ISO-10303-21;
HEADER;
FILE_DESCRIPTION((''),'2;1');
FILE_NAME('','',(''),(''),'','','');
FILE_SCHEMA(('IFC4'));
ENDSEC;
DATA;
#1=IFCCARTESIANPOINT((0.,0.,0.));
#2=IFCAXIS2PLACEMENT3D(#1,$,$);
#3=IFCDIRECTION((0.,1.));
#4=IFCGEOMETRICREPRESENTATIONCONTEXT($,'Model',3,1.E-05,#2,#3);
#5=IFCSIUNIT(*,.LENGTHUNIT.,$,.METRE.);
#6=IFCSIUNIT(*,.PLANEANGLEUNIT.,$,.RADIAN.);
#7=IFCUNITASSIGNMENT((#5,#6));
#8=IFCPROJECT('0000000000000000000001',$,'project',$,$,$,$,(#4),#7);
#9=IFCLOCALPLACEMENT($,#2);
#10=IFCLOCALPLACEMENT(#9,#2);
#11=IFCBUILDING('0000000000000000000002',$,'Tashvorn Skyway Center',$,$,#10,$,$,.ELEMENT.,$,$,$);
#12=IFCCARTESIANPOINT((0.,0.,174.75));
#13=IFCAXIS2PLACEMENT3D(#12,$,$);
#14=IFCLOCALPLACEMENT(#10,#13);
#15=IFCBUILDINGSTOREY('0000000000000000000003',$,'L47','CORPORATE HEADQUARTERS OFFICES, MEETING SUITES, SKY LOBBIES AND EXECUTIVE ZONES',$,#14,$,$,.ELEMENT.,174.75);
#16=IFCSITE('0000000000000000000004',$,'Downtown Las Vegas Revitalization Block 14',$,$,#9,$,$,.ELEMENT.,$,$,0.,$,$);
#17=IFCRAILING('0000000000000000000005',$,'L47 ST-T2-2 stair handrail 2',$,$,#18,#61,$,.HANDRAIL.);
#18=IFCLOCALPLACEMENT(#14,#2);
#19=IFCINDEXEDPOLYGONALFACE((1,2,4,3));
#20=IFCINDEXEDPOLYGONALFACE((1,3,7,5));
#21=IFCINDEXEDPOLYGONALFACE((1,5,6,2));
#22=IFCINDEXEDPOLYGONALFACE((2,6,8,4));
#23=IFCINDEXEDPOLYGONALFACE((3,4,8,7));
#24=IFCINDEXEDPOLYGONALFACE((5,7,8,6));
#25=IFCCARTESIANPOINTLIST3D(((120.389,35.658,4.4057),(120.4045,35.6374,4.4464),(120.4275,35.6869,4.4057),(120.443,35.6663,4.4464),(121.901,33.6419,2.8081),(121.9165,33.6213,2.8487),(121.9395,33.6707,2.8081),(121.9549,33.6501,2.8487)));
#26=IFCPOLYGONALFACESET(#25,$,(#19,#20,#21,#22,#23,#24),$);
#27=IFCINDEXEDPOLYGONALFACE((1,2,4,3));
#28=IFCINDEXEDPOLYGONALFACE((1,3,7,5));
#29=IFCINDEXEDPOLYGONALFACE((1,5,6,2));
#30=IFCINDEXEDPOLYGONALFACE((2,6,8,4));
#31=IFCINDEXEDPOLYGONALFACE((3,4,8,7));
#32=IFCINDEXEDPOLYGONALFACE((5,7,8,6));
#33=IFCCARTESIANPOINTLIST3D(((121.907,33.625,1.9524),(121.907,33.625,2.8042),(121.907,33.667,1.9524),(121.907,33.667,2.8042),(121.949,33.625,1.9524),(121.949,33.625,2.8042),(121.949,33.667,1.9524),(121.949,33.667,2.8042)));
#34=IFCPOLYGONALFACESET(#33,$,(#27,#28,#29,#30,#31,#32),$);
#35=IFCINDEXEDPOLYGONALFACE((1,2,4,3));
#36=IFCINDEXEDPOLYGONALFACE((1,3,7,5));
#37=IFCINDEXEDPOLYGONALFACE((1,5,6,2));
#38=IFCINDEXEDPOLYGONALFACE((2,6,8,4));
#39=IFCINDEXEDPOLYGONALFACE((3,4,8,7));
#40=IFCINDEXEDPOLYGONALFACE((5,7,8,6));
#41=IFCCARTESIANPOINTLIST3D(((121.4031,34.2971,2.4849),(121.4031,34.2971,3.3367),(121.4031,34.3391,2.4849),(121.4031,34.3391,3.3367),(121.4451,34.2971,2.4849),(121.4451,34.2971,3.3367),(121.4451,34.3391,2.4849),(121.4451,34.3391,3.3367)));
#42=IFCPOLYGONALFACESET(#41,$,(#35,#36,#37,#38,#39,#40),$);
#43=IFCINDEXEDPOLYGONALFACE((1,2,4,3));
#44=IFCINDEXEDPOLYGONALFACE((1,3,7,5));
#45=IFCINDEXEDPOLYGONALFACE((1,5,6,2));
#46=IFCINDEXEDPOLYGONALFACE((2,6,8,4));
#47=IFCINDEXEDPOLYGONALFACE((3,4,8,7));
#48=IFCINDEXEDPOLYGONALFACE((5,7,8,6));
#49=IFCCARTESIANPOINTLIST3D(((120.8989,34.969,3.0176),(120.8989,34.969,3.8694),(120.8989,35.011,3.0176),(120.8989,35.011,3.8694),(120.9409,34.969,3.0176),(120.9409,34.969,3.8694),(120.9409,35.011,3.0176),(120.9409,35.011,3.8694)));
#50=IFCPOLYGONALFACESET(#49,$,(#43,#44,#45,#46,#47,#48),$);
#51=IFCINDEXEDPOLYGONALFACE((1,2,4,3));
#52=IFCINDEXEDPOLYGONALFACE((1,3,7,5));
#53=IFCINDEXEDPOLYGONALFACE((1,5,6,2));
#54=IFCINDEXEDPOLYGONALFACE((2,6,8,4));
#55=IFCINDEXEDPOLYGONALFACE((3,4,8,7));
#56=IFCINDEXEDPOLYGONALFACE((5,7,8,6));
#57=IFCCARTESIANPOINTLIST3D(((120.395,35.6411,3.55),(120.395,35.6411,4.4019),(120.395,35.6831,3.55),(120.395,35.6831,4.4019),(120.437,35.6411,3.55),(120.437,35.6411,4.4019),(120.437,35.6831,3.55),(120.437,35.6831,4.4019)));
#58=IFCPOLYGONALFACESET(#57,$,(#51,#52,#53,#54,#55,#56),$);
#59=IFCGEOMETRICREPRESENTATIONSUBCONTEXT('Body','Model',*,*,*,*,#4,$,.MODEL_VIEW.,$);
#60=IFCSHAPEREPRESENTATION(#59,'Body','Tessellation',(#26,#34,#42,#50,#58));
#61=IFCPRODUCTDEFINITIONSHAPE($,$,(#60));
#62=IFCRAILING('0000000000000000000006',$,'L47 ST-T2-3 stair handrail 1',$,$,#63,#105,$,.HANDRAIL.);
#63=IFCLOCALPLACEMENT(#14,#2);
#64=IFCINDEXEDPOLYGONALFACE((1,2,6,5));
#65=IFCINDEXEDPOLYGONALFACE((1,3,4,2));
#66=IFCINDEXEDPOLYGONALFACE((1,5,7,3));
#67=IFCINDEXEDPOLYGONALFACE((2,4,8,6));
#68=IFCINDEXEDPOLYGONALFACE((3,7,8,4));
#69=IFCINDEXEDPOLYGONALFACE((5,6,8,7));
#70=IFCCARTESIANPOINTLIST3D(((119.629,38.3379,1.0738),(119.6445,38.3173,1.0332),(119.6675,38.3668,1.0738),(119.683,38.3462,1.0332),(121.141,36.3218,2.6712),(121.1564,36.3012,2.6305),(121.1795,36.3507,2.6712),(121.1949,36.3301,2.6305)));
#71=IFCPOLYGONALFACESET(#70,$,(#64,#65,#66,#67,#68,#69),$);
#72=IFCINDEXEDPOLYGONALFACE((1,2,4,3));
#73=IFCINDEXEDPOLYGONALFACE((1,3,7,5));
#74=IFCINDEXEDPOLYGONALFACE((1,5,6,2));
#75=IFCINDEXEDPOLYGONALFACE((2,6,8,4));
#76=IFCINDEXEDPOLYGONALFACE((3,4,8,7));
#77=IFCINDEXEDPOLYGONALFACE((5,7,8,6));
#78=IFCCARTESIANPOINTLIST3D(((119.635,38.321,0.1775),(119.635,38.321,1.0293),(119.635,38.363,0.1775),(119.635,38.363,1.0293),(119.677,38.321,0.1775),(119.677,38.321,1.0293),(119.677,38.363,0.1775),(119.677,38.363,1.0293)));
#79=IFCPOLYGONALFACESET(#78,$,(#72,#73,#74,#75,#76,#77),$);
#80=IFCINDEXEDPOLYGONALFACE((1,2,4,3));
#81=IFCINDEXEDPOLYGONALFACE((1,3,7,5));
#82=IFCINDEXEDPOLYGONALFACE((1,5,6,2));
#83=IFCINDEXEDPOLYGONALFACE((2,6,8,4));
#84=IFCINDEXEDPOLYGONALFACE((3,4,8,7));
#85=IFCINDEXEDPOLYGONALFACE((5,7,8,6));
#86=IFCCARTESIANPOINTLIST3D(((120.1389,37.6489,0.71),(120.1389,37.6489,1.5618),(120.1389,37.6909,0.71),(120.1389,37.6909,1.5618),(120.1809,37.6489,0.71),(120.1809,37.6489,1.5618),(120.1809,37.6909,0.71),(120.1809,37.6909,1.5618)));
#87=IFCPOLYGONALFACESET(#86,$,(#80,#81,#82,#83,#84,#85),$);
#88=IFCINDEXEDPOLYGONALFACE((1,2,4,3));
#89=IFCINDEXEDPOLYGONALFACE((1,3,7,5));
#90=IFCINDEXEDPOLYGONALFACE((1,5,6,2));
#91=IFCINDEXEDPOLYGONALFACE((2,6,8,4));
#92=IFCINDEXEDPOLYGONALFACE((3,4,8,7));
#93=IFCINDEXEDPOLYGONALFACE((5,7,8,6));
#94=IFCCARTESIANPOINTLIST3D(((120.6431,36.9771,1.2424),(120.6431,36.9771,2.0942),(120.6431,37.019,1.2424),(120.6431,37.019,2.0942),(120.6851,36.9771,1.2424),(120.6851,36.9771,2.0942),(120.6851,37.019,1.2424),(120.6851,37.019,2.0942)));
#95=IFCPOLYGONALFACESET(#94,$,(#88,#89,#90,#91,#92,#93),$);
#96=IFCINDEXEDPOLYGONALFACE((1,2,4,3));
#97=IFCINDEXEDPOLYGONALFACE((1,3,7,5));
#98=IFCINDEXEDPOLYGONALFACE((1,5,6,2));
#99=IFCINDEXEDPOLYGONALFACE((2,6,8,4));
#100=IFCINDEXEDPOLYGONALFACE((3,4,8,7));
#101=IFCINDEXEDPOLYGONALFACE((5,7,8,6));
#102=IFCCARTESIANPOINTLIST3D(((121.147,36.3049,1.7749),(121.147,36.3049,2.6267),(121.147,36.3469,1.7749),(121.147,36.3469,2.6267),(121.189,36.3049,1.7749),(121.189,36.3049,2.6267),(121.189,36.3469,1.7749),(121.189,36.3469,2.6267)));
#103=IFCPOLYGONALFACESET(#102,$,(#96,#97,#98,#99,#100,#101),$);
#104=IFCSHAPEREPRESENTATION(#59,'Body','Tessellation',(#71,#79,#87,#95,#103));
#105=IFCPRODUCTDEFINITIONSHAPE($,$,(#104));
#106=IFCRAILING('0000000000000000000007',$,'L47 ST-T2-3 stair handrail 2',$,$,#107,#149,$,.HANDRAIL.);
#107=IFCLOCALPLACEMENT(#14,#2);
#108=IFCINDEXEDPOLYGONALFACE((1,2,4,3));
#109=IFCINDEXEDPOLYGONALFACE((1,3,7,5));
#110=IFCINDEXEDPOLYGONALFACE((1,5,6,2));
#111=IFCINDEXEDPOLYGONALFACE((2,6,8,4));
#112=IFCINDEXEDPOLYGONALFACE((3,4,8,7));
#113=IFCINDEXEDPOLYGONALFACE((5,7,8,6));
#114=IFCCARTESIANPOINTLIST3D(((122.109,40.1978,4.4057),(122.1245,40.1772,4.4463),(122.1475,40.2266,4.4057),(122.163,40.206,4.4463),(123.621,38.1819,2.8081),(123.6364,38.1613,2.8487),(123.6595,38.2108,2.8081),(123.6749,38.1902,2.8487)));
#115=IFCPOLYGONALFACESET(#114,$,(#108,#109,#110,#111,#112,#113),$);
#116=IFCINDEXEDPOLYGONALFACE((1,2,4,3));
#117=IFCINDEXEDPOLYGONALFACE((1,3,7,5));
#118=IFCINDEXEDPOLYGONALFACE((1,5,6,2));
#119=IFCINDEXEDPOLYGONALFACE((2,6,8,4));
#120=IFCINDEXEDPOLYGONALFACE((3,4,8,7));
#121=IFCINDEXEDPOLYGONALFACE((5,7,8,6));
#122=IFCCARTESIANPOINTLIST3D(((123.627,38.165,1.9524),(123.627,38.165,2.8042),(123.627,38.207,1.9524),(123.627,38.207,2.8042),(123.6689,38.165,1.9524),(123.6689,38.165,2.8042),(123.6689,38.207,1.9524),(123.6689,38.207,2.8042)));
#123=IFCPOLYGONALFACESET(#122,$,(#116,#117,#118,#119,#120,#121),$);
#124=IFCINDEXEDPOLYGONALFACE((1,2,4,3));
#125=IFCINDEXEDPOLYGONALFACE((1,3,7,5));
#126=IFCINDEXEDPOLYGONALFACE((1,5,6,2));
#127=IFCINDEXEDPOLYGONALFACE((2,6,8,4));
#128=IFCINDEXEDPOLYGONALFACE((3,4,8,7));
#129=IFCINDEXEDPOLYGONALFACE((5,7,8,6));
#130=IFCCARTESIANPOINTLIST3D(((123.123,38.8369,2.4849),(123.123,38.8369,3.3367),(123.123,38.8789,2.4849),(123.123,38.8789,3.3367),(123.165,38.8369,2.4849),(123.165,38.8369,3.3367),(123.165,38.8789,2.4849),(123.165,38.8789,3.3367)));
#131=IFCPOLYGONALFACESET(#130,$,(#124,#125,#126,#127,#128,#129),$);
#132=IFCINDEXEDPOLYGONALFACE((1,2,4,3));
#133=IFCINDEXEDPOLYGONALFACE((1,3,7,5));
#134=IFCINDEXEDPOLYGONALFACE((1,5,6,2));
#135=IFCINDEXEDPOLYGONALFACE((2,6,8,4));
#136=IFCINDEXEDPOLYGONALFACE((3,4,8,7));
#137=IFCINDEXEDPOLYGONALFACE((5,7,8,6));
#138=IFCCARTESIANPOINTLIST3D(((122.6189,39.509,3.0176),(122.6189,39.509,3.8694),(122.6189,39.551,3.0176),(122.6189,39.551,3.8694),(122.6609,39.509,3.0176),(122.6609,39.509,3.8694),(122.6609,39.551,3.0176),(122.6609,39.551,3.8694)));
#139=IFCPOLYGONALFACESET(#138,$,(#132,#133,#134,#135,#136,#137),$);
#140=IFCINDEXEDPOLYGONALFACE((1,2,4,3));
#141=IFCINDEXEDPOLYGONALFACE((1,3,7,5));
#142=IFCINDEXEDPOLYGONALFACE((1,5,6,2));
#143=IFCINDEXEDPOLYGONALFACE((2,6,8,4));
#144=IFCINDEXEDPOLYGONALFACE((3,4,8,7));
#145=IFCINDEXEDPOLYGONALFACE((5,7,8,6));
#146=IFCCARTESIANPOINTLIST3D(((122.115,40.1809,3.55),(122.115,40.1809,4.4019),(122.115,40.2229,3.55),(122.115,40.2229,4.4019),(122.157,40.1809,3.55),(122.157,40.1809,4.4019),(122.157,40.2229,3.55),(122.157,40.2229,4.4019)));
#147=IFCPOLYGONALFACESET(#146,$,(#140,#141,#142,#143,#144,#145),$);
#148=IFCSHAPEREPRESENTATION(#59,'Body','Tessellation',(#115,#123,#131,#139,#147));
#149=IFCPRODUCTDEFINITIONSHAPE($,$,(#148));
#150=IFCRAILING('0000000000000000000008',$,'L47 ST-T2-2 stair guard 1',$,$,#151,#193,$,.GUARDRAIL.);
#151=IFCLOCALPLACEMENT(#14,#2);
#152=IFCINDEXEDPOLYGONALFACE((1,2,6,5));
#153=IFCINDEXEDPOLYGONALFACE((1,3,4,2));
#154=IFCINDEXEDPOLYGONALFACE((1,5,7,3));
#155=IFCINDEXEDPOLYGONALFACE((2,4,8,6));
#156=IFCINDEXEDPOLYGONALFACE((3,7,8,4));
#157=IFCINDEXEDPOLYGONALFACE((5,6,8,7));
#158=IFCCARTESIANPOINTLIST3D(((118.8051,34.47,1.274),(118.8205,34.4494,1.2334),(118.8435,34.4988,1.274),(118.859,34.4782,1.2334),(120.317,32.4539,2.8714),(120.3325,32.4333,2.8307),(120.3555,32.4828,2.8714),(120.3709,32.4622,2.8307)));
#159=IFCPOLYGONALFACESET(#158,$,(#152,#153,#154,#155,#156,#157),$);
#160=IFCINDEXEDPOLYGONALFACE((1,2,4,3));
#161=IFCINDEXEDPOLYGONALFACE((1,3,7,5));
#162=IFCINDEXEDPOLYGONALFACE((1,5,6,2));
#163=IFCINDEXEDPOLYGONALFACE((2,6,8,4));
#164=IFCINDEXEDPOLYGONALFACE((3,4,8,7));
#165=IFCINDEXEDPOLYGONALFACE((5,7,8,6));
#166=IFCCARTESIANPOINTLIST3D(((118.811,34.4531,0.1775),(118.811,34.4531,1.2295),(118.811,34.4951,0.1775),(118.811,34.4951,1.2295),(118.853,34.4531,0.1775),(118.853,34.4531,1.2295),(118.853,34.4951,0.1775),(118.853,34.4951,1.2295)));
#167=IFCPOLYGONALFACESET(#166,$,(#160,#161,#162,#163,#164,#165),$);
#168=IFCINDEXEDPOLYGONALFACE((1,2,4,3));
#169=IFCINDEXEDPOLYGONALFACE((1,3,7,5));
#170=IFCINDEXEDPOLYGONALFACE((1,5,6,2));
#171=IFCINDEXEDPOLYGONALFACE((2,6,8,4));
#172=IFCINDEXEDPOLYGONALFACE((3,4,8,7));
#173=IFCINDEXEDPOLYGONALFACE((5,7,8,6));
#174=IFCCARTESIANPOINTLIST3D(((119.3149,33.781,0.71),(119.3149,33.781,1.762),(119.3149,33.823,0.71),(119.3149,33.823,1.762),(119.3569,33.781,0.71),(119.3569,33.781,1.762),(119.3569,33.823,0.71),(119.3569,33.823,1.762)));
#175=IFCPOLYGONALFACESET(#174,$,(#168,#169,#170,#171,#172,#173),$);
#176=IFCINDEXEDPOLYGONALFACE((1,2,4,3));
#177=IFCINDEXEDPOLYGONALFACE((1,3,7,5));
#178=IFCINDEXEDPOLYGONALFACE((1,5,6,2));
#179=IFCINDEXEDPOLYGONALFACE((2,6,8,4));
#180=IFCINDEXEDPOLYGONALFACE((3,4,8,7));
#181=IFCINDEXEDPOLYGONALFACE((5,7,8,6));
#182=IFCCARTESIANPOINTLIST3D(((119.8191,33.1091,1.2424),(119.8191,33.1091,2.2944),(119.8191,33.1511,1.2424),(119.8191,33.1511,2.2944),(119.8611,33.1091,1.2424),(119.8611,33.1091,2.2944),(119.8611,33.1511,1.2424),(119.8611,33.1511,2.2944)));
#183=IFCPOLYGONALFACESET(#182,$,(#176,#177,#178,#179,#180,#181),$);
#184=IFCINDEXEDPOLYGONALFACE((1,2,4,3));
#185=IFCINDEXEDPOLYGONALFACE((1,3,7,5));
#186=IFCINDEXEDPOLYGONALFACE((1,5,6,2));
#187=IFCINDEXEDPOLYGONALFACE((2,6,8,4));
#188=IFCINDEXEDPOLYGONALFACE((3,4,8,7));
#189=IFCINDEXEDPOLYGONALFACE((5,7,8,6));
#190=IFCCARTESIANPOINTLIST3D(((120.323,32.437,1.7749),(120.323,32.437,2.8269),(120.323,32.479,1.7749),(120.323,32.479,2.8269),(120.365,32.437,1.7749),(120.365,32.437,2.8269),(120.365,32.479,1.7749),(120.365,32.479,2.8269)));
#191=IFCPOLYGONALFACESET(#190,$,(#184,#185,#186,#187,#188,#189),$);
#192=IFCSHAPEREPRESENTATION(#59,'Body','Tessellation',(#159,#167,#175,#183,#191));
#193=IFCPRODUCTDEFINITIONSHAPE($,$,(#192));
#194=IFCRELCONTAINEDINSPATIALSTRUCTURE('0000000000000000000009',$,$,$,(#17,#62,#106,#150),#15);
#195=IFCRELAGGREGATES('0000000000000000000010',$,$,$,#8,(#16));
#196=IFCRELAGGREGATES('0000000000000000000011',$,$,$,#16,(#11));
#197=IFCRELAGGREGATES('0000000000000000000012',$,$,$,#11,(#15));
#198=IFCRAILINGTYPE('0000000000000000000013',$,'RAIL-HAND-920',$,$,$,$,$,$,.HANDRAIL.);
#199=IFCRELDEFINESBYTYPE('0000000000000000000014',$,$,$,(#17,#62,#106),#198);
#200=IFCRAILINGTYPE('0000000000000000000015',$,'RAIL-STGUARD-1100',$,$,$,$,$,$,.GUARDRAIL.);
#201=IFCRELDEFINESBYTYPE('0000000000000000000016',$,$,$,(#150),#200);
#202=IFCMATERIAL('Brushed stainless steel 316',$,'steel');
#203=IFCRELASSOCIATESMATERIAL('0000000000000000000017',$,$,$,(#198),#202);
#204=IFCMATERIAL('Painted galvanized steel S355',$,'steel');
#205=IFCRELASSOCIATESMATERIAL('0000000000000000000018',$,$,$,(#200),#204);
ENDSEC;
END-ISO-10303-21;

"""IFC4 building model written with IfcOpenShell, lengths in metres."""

from ifc_helpers import new_model, si_unit, direction, frame, origin, origin_2d, place, context, subcontext, project, spatial, rectangle, extrude, material, type_object, element, save


model = new_model("IFC4")

# Units and contexts
model_context = context("Model", 3, precision=1e-05, world=origin(), true_north=direction((0.0, 1.0)))
body_context = subcontext(model_context, "Body", "Model", "MODEL_VIEW")
ifc_project = project(units=[si_unit("LENGTHUNIT", "METRE"), si_unit("PLANEANGLEUNIT", "RADIAN")], contexts=[model_context])

# Site, building, storey
site_placement = place(None, origin())
site = spatial("IfcSite", under=ifc_project, at=site_placement, Name="Downtown Las Vegas Revitalization Block 14", CompositionType="ELEMENT", RefElevation=0.0)
building_placement = place(site_placement, origin())
building = spatial("IfcBuilding", under=site, at=building_placement, Name="Tashvorn Skyway Center", CompositionType="ELEMENT")
storey_placement = place(building_placement, frame((0.0, 0.0, 174.75)))
storey = spatial("IfcBuildingStorey", under=building, at=storey_placement, Name="L47", Description="CORPORATE HEADQUARTERS OFFICES, MEETING SUITES, SKY LOBBIES AND EXECUTIVE ZONES", CompositionType="ELEMENT", Elevation=174.75)

# Railings
ifc_material_1 = material(Name="Brushed stainless steel 316", Category="steel")
railing_type_1 = type_object("IfcRailingType", Name="RAIL-HAND-920", PredefinedType="HANDRAIL", material=ifc_material_1)
railing_1_placement = place(storey_placement, frame((121.928, 33.646, 1.9524)))
element("IfcRailing", 1, at=railing_1_placement, inside=storey, type_object=railing_type_1, Name="L47 ST-T2-2 stair handrail 2", PredefinedType="HANDRAIL", context=body_context, shape_type="SweptSolid", body=[
    extrude(rectangle(XDim=0.0481, YDim=0.0481, at=origin_2d()), frame((0.0, 0.0, 0.876), z_axis=(-0.506719, 0.675679, 0.535438), x_axis=(-0.800023, -0.599969, 0.0)), (0.0, 0.0, 1.0), 2.9839),
    extrude(rectangle(XDim=0.042, YDim=0.042, at=origin_2d()), origin(), (0.0, 0.0, 1.0), 0.8518),
    extrude(rectangle(XDim=0.042, YDim=0.042, at=origin_2d()), frame((-0.5039, 0.6721, 0.5325)), (0.0, 0.0, 1.0), 0.8518),
    extrude(rectangle(XDim=0.042, YDim=0.042, at=origin_2d()), frame((-1.0081, 1.344, 1.0652)), (0.0, 0.0, 1.0), 0.8518),
    extrude(rectangle(XDim=0.042, YDim=0.042, at=origin_2d()), frame((-1.512, 2.0161, 1.5977)), (0.0, 0.0, 1.0), 0.8518),
])
railing_2_placement = place(storey_placement, frame((119.656, 38.342, 0.1775)))
element("IfcRailing", 2, at=railing_2_placement, inside=storey, type_object=railing_type_1, Name="L47 ST-T2-3 stair handrail 1", PredefinedType="HANDRAIL", context=body_context, shape_type="SweptSolid", body=[
    extrude(rectangle(XDim=0.0481, YDim=0.0481, at=origin_2d()), frame((0.0, 0.0, 0.876), z_axis=(0.506741, -0.675709, 0.535379), x_axis=(0.800023, 0.599969, 0.0)), (0.0, 0.0, 1.0), 2.9836),
    extrude(rectangle(XDim=0.042, YDim=0.042, at=origin_2d()), origin(), (0.0, 0.0, 1.0), 0.8518),
    extrude(rectangle(XDim=0.042, YDim=0.042, at=origin_2d()), frame((0.5039, -0.6721, 0.5325)), (0.0, 0.0, 1.0), 0.8518),
    extrude(rectangle(XDim=0.042, YDim=0.042, at=origin_2d()), frame((1.0081, -1.344, 1.0649)), (0.0, 0.0, 1.0), 0.8518),
    extrude(rectangle(XDim=0.042, YDim=0.042, at=origin_2d()), frame((1.512, -2.0161, 1.5974)), (0.0, 0.0, 1.0), 0.8518),
])
railing_3_placement = place(storey_placement, frame((123.6479, 38.186, 1.9524)))
element("IfcRailing", 3, at=railing_3_placement, inside=storey, type_object=railing_type_1, Name="L47 ST-T2-3 stair handrail 2", PredefinedType="HANDRAIL", context=body_context, shape_type="SweptSolid", body=[
    extrude(rectangle(XDim=0.0481, YDim=0.0481, at=origin_2d()), frame((0.0, 0.0, 0.876), z_axis=(-0.506747, 0.675635, 0.535467), x_axis=(-0.799988, -0.600016, 0.0)), (0.0, 0.0, 1.0), 2.9836),
    extrude(rectangle(XDim=0.042, YDim=0.042, at=origin_2d()), origin(), (0.0, 0.0, 1.0), 0.8518),
    extrude(rectangle(XDim=0.042, YDim=0.042, at=origin_2d()), frame((-0.5039, 0.6719, 0.5325)), (0.0, 0.0, 1.0), 0.8518),
    extrude(rectangle(XDim=0.042, YDim=0.042, at=origin_2d()), frame((-1.0081, 1.344, 1.0652)), (0.0, 0.0, 1.0), 0.8518),
    extrude(rectangle(XDim=0.042, YDim=0.042, at=origin_2d()), frame((-1.512, 2.0159, 1.5977)), (0.0, 0.0, 1.0), 0.8518),
])
ifc_material_2 = material(Name="Painted galvanized steel S355", Category="steel")
railing_type_2 = type_object("IfcRailingType", Name="RAIL-STGUARD-1100", PredefinedType="GUARDRAIL", material=ifc_material_2)
railing_4_placement = place(storey_placement, frame((118.832, 34.4741, 0.1775)))
element("IfcRailing", 4, at=railing_4_placement, inside=storey, type_object=railing_type_2, Name="L47 ST-T2-2 stair guard 1", PredefinedType="GUARDRAIL", context=body_context, shape_type="SweptSolid", body=[
    extrude(rectangle(XDim=0.0481, YDim=0.0481, at=origin_2d()), frame((0.0, 0.0, 1.0762), z_axis=(0.506741, -0.675709, 0.535379), x_axis=(0.800023, 0.599969, 0.0)), (0.0, 0.0, 1.0), 2.9836),
    extrude(rectangle(XDim=0.042, YDim=0.042, at=origin_2d()), origin(), (0.0, 0.0, 1.0), 1.052),
    extrude(rectangle(XDim=0.042, YDim=0.042, at=origin_2d()), frame((0.5039, -0.6721, 0.5325)), (0.0, 0.0, 1.0), 1.052),
    extrude(rectangle(XDim=0.042, YDim=0.042, at=origin_2d()), frame((1.0081, -1.344, 1.0649)), (0.0, 0.0, 1.0), 1.052),
    extrude(rectangle(XDim=0.042, YDim=0.042, at=origin_2d()), frame((1.512, -2.0161, 1.5974)), (0.0, 0.0, 1.0), 1.052),
])

save(model, "model.ifc")
